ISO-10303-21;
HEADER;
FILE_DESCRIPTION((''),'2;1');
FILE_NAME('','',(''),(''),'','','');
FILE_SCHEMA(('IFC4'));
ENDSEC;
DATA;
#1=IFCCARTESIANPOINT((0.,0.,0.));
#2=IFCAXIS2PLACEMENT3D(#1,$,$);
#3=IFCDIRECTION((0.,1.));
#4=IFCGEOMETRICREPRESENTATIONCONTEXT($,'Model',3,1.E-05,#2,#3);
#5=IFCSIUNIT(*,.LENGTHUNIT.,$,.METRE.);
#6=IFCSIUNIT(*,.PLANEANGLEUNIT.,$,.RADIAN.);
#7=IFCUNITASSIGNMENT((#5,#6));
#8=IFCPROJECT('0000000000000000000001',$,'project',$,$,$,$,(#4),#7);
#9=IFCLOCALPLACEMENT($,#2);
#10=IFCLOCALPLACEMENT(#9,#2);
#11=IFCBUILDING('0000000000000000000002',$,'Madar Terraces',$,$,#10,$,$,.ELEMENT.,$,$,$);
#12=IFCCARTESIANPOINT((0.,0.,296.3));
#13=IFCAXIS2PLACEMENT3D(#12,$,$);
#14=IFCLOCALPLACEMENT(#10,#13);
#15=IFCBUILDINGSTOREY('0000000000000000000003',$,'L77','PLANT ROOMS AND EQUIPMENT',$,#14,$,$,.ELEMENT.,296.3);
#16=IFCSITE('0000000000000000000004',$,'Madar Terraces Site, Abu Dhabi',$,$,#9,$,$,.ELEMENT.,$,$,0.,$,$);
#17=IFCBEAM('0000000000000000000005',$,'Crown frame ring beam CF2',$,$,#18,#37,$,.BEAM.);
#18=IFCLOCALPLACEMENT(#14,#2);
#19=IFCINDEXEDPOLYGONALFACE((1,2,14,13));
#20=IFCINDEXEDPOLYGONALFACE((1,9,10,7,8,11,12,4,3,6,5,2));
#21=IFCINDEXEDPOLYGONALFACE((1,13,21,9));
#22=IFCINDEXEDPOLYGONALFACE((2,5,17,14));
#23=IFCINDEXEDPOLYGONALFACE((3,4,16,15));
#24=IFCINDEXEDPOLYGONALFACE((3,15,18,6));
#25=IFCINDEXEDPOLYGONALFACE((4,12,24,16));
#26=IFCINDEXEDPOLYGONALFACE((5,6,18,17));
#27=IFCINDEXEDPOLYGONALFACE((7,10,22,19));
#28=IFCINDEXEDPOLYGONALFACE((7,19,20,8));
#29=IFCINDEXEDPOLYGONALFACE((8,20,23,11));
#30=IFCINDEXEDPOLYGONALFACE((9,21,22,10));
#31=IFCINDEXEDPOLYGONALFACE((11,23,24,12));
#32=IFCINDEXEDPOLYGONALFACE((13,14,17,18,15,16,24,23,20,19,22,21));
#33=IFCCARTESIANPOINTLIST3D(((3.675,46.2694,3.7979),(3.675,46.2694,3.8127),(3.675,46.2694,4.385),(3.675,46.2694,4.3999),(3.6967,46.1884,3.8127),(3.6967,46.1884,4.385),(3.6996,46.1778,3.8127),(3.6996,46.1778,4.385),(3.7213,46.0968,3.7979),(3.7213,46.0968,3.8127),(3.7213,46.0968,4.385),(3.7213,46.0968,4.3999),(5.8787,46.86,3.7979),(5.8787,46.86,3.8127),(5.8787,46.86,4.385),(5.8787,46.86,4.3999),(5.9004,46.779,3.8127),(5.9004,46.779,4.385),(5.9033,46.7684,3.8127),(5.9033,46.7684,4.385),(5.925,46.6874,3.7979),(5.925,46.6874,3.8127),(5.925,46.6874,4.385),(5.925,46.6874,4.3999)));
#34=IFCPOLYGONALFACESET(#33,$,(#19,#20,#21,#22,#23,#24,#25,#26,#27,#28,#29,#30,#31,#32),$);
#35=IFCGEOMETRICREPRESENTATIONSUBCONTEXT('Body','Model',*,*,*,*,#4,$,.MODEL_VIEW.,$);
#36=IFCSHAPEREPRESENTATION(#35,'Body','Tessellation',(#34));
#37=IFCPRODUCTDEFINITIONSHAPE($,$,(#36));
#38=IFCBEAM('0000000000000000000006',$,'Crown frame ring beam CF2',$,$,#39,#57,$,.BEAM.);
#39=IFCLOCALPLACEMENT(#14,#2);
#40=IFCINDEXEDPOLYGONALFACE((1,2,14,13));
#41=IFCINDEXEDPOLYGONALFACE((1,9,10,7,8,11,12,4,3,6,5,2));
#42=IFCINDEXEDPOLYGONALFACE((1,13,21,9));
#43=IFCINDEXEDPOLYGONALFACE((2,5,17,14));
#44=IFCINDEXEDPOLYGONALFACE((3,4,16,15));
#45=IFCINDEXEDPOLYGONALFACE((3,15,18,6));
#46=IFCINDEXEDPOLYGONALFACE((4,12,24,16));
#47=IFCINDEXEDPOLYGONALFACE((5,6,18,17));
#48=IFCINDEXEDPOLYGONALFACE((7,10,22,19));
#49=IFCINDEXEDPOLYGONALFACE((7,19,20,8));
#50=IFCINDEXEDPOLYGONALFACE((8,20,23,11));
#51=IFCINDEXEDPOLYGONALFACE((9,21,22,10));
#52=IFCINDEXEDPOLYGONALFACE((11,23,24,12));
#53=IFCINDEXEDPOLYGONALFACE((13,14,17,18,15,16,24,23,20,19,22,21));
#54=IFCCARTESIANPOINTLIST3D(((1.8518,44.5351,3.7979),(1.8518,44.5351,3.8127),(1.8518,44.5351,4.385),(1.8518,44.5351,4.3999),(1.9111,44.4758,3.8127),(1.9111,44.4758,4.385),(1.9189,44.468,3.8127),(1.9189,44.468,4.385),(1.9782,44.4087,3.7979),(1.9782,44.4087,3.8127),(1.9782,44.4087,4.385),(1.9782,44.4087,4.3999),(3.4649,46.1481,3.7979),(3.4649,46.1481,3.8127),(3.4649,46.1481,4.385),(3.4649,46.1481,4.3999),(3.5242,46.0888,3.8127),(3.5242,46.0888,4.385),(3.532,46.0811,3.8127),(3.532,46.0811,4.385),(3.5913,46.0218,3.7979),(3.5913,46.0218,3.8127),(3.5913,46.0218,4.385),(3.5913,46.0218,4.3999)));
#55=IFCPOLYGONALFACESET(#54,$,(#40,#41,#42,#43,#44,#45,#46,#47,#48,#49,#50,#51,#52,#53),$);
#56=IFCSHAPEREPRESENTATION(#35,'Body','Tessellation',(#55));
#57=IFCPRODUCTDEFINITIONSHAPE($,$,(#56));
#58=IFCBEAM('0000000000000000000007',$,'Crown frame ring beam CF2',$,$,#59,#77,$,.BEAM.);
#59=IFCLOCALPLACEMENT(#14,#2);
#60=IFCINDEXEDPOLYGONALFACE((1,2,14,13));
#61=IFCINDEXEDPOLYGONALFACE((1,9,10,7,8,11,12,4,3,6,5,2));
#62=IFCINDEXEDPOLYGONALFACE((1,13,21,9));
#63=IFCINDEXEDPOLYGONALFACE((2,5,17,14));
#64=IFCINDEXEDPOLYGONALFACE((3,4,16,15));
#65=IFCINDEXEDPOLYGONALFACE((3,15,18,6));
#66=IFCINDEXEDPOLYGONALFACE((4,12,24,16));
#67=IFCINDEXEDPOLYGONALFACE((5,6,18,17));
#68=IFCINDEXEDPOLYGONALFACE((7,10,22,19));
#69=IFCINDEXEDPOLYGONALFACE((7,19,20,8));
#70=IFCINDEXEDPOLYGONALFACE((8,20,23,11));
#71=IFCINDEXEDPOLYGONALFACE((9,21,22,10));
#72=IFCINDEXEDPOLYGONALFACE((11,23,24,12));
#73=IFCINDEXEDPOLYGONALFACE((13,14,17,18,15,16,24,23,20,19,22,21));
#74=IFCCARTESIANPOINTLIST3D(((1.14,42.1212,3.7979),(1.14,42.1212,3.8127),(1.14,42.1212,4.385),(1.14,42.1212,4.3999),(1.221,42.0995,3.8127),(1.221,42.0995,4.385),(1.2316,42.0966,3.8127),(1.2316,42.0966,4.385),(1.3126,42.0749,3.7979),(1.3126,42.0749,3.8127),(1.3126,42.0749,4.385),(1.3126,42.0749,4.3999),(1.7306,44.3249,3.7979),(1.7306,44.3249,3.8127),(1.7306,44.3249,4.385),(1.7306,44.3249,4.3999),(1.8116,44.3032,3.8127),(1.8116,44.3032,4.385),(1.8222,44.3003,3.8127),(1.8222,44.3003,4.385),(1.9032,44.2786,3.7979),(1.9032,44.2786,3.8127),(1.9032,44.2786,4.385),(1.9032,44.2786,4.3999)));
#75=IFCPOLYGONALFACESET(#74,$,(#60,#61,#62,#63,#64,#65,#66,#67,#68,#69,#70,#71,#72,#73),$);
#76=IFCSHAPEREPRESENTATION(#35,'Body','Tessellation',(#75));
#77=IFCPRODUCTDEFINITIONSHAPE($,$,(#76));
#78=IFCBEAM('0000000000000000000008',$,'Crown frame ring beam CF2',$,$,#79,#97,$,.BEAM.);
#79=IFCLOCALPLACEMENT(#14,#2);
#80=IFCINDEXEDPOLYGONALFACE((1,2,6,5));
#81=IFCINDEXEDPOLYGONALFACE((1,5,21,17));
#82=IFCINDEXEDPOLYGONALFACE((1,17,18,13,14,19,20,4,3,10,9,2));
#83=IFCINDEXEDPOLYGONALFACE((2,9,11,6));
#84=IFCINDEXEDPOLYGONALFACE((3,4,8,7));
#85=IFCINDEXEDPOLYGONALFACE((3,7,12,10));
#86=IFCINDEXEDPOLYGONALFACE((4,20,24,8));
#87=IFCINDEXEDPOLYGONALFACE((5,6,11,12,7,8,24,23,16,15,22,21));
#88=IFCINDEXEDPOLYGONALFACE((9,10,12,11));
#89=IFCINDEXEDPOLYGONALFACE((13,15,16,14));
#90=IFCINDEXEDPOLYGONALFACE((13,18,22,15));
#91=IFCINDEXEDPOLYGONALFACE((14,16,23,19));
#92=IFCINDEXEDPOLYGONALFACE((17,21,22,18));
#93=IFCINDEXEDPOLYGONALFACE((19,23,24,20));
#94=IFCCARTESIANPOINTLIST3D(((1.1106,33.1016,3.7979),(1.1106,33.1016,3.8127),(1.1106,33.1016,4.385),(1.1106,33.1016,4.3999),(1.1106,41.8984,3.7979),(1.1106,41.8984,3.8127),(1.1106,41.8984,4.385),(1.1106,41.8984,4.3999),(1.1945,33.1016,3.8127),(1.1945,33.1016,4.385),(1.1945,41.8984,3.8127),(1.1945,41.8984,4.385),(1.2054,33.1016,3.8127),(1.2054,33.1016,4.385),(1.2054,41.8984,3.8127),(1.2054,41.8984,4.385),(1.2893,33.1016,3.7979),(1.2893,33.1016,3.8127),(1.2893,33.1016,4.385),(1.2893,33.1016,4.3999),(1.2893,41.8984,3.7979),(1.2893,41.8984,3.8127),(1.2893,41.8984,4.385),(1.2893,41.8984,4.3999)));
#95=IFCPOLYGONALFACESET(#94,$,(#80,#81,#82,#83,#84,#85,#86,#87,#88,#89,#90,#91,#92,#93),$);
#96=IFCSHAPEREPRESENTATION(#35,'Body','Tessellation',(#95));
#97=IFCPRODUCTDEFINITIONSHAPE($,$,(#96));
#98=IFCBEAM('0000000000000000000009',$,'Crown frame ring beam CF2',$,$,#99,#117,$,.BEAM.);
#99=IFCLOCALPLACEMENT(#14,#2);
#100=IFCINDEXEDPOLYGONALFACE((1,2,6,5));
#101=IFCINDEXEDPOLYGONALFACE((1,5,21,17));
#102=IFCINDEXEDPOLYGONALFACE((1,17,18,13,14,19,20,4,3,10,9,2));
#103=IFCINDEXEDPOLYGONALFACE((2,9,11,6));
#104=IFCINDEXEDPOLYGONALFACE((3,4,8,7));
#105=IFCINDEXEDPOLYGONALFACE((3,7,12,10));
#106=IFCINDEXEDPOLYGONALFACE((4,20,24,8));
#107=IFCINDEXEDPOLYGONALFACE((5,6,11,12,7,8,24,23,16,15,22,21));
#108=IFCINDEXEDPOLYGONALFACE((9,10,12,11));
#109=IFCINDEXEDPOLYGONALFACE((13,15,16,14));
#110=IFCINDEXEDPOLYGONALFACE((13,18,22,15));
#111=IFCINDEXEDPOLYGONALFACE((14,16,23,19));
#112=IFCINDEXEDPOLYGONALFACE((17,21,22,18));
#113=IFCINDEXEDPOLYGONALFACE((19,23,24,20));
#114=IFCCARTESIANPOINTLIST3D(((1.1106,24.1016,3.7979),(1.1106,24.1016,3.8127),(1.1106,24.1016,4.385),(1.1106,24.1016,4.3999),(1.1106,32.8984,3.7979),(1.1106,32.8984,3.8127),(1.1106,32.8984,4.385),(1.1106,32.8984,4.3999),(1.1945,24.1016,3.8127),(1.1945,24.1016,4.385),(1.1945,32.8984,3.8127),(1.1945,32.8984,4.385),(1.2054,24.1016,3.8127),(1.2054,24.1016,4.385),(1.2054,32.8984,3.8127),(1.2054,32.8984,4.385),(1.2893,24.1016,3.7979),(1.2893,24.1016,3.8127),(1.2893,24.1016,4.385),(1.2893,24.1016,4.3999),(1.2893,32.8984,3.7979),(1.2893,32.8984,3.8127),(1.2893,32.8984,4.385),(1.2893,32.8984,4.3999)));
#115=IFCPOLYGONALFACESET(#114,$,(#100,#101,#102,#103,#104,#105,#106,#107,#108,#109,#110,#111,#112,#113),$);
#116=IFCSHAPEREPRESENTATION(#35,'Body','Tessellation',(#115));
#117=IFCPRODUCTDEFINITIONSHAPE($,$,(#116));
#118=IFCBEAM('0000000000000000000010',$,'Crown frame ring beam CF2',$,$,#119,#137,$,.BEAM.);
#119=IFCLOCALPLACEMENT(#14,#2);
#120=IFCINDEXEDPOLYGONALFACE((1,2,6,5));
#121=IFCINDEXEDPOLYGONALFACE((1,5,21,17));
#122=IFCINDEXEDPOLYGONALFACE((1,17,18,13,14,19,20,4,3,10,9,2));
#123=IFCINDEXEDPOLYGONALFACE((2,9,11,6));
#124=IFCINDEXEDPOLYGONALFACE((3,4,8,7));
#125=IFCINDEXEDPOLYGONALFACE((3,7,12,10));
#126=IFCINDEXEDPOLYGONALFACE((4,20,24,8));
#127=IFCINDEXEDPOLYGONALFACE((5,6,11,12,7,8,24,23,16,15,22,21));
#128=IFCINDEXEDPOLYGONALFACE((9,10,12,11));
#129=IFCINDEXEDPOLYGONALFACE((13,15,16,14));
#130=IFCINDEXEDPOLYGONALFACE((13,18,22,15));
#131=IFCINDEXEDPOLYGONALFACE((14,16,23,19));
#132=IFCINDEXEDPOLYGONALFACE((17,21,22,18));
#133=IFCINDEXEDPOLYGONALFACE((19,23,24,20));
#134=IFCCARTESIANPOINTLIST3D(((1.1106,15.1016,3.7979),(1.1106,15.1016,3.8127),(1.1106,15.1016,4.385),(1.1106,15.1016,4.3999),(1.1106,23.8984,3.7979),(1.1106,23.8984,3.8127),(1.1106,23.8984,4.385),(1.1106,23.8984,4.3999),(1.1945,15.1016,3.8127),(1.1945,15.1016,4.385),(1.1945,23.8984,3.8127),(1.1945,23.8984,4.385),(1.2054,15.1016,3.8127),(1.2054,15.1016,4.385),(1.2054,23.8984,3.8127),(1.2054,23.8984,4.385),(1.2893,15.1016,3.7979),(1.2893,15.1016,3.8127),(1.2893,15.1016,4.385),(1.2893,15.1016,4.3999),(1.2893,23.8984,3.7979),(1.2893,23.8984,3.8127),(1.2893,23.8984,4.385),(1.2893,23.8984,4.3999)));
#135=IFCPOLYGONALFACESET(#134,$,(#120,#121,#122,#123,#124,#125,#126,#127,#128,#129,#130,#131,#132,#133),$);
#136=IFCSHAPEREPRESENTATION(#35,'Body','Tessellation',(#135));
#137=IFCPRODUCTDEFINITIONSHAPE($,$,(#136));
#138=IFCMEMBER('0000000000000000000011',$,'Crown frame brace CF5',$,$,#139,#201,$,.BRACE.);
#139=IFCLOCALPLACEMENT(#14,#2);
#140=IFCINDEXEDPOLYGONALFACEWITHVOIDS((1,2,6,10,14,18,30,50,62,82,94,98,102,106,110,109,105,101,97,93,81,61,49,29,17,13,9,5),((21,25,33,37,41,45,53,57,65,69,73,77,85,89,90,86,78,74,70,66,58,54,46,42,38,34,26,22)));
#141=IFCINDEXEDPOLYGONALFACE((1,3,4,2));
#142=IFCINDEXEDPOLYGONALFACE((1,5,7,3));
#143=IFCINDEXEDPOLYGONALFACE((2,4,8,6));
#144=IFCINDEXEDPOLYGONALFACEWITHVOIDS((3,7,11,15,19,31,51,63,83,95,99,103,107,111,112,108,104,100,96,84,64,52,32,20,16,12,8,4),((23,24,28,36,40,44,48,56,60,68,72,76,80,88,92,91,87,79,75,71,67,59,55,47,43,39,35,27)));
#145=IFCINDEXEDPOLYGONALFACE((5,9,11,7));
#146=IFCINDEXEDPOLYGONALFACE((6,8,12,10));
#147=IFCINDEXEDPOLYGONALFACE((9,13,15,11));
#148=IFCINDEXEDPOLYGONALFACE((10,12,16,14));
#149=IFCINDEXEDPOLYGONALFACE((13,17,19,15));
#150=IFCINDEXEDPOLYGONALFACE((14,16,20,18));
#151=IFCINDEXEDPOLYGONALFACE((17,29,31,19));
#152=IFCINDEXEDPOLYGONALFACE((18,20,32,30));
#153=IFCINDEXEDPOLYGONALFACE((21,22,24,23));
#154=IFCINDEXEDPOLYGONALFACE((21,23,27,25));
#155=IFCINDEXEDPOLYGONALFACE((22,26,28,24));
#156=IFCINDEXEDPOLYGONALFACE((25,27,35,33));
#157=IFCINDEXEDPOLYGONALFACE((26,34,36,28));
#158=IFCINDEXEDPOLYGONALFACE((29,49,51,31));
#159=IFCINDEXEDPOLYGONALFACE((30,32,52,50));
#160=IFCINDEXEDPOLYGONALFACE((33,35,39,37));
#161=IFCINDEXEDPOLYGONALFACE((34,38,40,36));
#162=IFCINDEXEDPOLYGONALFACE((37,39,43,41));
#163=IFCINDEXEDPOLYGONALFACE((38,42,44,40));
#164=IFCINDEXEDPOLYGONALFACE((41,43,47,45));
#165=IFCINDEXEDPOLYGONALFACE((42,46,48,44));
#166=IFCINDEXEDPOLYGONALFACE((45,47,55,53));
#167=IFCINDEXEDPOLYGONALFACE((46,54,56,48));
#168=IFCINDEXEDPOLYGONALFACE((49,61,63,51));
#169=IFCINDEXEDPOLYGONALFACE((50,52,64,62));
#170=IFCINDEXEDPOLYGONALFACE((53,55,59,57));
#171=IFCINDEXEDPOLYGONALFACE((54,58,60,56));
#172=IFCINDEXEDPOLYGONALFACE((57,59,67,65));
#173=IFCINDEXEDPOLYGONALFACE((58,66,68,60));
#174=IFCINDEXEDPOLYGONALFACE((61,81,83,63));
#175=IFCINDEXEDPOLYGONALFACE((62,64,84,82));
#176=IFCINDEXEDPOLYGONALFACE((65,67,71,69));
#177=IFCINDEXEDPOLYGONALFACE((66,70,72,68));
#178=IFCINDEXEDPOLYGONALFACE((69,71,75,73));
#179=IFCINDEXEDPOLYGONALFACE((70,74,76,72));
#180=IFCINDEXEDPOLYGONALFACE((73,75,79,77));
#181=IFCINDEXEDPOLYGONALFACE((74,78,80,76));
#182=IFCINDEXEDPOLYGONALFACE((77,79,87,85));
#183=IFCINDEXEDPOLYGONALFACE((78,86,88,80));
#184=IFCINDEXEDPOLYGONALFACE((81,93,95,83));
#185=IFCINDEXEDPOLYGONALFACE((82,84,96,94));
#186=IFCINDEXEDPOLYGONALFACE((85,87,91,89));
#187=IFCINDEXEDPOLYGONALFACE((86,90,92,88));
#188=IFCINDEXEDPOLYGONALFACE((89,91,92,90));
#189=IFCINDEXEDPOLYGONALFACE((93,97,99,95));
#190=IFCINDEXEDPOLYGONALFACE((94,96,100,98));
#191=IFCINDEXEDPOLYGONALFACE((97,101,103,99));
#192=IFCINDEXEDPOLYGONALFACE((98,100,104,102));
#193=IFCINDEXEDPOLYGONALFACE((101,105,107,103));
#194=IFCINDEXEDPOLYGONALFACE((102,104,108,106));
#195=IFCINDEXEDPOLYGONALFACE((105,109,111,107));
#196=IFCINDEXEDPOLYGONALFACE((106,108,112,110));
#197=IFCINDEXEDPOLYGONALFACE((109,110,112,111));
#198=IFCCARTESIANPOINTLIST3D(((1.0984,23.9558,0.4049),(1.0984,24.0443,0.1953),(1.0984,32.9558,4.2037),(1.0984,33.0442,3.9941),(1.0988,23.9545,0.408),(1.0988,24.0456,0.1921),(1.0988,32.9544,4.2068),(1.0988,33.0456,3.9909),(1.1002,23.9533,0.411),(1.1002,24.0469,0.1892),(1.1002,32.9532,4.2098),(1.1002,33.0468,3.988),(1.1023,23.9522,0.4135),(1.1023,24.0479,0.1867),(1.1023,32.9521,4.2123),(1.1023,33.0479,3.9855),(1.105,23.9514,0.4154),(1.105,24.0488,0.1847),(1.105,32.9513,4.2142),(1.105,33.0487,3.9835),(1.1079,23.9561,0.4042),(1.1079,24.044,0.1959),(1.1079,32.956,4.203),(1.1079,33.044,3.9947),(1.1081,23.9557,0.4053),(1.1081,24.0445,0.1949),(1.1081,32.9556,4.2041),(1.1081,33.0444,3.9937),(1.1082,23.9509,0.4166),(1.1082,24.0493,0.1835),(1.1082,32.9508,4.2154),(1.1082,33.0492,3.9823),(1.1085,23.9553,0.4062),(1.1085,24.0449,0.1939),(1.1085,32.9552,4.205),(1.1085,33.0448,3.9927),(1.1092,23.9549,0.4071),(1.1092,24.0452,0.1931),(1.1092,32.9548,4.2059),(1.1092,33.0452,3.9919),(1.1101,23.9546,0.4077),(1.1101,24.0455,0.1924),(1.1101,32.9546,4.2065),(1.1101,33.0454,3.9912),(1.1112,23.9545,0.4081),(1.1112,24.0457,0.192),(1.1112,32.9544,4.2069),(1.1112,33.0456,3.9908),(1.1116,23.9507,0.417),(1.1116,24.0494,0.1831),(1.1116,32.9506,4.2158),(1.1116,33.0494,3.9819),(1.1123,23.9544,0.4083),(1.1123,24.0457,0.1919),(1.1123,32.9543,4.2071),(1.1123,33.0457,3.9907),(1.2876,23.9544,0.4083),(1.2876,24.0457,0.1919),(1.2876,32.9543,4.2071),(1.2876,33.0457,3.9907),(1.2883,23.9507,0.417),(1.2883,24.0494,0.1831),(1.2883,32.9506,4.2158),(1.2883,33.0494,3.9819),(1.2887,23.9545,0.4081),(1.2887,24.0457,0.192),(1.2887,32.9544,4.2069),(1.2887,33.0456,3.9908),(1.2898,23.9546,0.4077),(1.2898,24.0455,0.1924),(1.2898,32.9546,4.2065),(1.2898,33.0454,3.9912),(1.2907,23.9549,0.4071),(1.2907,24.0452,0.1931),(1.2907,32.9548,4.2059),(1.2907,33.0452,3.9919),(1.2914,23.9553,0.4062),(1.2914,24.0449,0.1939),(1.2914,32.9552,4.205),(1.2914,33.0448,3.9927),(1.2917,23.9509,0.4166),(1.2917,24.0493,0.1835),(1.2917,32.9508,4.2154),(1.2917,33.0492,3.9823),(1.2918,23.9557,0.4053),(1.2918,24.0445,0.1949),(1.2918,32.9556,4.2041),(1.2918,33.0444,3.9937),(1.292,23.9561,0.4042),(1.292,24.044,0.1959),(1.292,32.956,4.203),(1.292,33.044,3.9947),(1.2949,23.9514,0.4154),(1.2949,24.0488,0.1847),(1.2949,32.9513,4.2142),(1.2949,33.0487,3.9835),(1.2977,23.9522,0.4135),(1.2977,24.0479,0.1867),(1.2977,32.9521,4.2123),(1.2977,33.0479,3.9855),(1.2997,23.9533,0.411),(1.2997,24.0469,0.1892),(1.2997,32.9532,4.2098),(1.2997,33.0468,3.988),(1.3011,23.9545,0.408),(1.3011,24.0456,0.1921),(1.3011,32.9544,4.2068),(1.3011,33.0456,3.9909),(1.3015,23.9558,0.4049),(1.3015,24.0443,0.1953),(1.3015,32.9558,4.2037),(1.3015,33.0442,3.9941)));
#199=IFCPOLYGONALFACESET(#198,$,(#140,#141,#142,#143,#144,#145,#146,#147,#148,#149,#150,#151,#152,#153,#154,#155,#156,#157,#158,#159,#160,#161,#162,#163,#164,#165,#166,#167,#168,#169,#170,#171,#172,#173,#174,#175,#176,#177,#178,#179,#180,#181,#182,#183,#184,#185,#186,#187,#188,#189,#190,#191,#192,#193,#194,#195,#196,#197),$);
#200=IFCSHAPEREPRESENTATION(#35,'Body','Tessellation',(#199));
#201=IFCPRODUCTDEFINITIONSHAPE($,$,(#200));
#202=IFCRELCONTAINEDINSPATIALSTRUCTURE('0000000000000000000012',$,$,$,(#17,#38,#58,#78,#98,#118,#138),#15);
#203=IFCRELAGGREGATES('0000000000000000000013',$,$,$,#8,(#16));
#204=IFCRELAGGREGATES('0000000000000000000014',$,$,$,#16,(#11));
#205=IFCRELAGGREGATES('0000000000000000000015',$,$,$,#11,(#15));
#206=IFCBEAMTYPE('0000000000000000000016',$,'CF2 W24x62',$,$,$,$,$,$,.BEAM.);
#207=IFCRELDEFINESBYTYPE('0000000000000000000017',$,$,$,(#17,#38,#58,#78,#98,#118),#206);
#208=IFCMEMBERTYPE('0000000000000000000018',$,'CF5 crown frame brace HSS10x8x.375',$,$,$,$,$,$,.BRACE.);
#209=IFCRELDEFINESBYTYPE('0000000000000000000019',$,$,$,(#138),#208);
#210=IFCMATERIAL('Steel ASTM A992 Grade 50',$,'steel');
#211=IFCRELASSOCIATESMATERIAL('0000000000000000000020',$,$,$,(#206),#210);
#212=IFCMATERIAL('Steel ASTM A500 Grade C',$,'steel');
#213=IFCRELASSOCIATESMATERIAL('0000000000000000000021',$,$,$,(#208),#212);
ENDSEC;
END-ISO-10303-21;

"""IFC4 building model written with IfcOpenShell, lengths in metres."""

from ifc_helpers import new_model, si_unit, direction, frame, origin, origin_2d, place, context, subcontext, project, spatial, hollow_rectangle, i_section, extrude, material, material_profile, profile_set, type_object, element, save


model = new_model("IFC4")

# Units and contexts
model_context = context("Model", 3, precision=1e-05, world=origin(), true_north=direction((0.0, 1.0)))
body_context = subcontext(model_context, "Body", "Model", "MODEL_VIEW")
ifc_project = project(units=[si_unit("LENGTHUNIT", "METRE"), si_unit("PLANEANGLEUNIT", "RADIAN")], contexts=[model_context])

# Site, building, storey
site_placement = place(None, origin())
site = spatial("IfcSite", under=ifc_project, at=site_placement, Name="Madar Terraces Site, Abu Dhabi", CompositionType="ELEMENT", RefElevation=0.0)
building_placement = place(site_placement, origin())
building = spatial("IfcBuilding", under=site, at=building_placement, Name="Madar Terraces", CompositionType="ELEMENT")
storey_placement = place(building_placement, frame((0.0, 0.0, 296.3)))
storey = spatial("IfcBuildingStorey", under=building, at=storey_placement, Name="L77", Description="PLANT ROOMS AND EQUIPMENT", CompositionType="ELEMENT", Elevation=296.3)

# Beams
ifc_material_1 = material(Name="Steel ASTM A992 Grade 50", Category="steel")
ifc_material_profile_1 = material_profile(ifc_material_1, i_section(OverallWidth=0.1787, OverallDepth=0.6021, WebThickness=0.011, FlangeThickness=0.0149, at=origin_2d()), Name="W24x62")
ifc_profile_set_1 = profile_set([ifc_material_profile_1], Name="Steel ASTM A992 Grade 50")
beam_type = type_object("IfcBeamType", Name="CF2 W24x62", PredefinedType="BEAM", material=ifc_profile_set_1)
beam_1_placement = place(storey_placement, frame((5.9019, 46.7737, 4.0989), z_axis=(-0.965913, -0.258868, 0.0), x_axis=(0.258868, -0.965913, 0.0)))
element("IfcBeam", 1, at=beam_1_placement, inside=storey, type_object=beam_type, Name="Crown frame ring beam CF2", PredefinedType="BEAM", context=body_context, shape_type="SweptSolid", body=[
    extrude(i_section(OverallWidth=0.1787, OverallDepth=0.6021, WebThickness=0.011, FlangeThickness=0.0149, at=origin_2d()), origin(), (0.0, 0.0, 1.0), 2.2815),
])
beam_2_placement = place(storey_placement, frame((3.5281, 46.085, 4.0989), z_axis=(-0.707107, -0.707107, 0.0), x_axis=(0.707107, -0.707107, 0.0)))
element("IfcBeam", 2, at=beam_2_placement, inside=storey, type_object=beam_type, Name="Crown frame ring beam CF2", PredefinedType="BEAM", context=body_context, shape_type="SweptSolid", body=[
    extrude(i_section(OverallWidth=0.1787, OverallDepth=0.6021, WebThickness=0.011, FlangeThickness=0.0149, at=origin_2d()), origin(), (0.0, 0.0, 1.0), 2.2812),
])
beam_3_placement = place(storey_placement, frame((1.8169, 44.3018, 4.0989), z_axis=(-0.258868, -0.965913, 0.0), x_axis=(0.965913, -0.258868, 0.0)))
element("IfcBeam", 3, at=beam_3_placement, inside=storey, type_object=beam_type, Name="Crown frame ring beam CF2", PredefinedType="BEAM", context=body_context, shape_type="SweptSolid", body=[
    extrude(i_section(OverallWidth=0.1787, OverallDepth=0.6021, WebThickness=0.011, FlangeThickness=0.0149, at=origin_2d()), origin(), (0.0, 0.0, 1.0), 2.2815),
])
for number, where, z_axis, x_axis, name in (
    (4, (1.2, 41.8984, 4.0989), (0.0, -1.0, 0.0), (1.0, 0.0, 0.0), "Crown frame ring beam CF2"),
    (5, (1.2, 32.8984, 4.0989), (0.0, -1.0, 0.0), (1.0, 0.0, 0.0), "Crown frame ring beam CF2"),
    (6, (1.2, 23.8984, 4.0989), (0.0, -1.0, 0.0), (1.0, 0.0, 0.0), "Crown frame ring beam CF2"),
):
    element("IfcBeam", number, at=place(storey_placement, frame(where, z_axis=z_axis, x_axis=x_axis)), inside=storey, type_object=beam_type, Name=name, PredefinedType="BEAM", context=body_context, shape_type="SweptSolid", body=[
        extrude(i_section(OverallWidth=0.1787, OverallDepth=0.6021, WebThickness=0.011, FlangeThickness=0.0149, at=origin_2d()), origin(), (0.0, 0.0, 1.0), 8.7969),
    ])

# Member
ifc_material_2 = material(Name="Steel ASTM A500 Grade C", Category="steel")
ifc_material_profile_2 = material_profile(ifc_material_2, hollow_rectangle(XDim=0.2031, YDim=0.2539, WallThickness=0.0095, InnerFilletRadius=0.0044, OuterFilletRadius=0.0132, at=origin_2d()), Name="HSS10x8x.375")
ifc_profile_set_2 = profile_set([ifc_material_profile_2], Name="Steel ASTM A500 Grade C")
member_type_1 = type_object("IfcMemberType", Name="CF5 crown frame brace HSS10x8x.375", PredefinedType="BRACE", material=ifc_profile_set_2)
member_placement = place(storey_placement, frame((1.2, 33.0, 4.0989), z_axis=(0.0, -0.921293, -0.38887), x_axis=(1.0, 0.0, 0.0)))
element("IfcMember", 7, at=member_placement, inside=storey, type_object=member_type_1, Name="Crown frame brace CF5", PredefinedType="BRACE", context=body_context, shape_type="SweptSolid", body=[
    extrude(hollow_rectangle(XDim=0.2031, YDim=0.2539, WallThickness=0.0095, InnerFilletRadius=0.0044, OuterFilletRadius=0.0132, at=origin_2d()), origin(), (0.0, 0.0, 1.0), 9.7688),
])

save(model, "model.ifc")
